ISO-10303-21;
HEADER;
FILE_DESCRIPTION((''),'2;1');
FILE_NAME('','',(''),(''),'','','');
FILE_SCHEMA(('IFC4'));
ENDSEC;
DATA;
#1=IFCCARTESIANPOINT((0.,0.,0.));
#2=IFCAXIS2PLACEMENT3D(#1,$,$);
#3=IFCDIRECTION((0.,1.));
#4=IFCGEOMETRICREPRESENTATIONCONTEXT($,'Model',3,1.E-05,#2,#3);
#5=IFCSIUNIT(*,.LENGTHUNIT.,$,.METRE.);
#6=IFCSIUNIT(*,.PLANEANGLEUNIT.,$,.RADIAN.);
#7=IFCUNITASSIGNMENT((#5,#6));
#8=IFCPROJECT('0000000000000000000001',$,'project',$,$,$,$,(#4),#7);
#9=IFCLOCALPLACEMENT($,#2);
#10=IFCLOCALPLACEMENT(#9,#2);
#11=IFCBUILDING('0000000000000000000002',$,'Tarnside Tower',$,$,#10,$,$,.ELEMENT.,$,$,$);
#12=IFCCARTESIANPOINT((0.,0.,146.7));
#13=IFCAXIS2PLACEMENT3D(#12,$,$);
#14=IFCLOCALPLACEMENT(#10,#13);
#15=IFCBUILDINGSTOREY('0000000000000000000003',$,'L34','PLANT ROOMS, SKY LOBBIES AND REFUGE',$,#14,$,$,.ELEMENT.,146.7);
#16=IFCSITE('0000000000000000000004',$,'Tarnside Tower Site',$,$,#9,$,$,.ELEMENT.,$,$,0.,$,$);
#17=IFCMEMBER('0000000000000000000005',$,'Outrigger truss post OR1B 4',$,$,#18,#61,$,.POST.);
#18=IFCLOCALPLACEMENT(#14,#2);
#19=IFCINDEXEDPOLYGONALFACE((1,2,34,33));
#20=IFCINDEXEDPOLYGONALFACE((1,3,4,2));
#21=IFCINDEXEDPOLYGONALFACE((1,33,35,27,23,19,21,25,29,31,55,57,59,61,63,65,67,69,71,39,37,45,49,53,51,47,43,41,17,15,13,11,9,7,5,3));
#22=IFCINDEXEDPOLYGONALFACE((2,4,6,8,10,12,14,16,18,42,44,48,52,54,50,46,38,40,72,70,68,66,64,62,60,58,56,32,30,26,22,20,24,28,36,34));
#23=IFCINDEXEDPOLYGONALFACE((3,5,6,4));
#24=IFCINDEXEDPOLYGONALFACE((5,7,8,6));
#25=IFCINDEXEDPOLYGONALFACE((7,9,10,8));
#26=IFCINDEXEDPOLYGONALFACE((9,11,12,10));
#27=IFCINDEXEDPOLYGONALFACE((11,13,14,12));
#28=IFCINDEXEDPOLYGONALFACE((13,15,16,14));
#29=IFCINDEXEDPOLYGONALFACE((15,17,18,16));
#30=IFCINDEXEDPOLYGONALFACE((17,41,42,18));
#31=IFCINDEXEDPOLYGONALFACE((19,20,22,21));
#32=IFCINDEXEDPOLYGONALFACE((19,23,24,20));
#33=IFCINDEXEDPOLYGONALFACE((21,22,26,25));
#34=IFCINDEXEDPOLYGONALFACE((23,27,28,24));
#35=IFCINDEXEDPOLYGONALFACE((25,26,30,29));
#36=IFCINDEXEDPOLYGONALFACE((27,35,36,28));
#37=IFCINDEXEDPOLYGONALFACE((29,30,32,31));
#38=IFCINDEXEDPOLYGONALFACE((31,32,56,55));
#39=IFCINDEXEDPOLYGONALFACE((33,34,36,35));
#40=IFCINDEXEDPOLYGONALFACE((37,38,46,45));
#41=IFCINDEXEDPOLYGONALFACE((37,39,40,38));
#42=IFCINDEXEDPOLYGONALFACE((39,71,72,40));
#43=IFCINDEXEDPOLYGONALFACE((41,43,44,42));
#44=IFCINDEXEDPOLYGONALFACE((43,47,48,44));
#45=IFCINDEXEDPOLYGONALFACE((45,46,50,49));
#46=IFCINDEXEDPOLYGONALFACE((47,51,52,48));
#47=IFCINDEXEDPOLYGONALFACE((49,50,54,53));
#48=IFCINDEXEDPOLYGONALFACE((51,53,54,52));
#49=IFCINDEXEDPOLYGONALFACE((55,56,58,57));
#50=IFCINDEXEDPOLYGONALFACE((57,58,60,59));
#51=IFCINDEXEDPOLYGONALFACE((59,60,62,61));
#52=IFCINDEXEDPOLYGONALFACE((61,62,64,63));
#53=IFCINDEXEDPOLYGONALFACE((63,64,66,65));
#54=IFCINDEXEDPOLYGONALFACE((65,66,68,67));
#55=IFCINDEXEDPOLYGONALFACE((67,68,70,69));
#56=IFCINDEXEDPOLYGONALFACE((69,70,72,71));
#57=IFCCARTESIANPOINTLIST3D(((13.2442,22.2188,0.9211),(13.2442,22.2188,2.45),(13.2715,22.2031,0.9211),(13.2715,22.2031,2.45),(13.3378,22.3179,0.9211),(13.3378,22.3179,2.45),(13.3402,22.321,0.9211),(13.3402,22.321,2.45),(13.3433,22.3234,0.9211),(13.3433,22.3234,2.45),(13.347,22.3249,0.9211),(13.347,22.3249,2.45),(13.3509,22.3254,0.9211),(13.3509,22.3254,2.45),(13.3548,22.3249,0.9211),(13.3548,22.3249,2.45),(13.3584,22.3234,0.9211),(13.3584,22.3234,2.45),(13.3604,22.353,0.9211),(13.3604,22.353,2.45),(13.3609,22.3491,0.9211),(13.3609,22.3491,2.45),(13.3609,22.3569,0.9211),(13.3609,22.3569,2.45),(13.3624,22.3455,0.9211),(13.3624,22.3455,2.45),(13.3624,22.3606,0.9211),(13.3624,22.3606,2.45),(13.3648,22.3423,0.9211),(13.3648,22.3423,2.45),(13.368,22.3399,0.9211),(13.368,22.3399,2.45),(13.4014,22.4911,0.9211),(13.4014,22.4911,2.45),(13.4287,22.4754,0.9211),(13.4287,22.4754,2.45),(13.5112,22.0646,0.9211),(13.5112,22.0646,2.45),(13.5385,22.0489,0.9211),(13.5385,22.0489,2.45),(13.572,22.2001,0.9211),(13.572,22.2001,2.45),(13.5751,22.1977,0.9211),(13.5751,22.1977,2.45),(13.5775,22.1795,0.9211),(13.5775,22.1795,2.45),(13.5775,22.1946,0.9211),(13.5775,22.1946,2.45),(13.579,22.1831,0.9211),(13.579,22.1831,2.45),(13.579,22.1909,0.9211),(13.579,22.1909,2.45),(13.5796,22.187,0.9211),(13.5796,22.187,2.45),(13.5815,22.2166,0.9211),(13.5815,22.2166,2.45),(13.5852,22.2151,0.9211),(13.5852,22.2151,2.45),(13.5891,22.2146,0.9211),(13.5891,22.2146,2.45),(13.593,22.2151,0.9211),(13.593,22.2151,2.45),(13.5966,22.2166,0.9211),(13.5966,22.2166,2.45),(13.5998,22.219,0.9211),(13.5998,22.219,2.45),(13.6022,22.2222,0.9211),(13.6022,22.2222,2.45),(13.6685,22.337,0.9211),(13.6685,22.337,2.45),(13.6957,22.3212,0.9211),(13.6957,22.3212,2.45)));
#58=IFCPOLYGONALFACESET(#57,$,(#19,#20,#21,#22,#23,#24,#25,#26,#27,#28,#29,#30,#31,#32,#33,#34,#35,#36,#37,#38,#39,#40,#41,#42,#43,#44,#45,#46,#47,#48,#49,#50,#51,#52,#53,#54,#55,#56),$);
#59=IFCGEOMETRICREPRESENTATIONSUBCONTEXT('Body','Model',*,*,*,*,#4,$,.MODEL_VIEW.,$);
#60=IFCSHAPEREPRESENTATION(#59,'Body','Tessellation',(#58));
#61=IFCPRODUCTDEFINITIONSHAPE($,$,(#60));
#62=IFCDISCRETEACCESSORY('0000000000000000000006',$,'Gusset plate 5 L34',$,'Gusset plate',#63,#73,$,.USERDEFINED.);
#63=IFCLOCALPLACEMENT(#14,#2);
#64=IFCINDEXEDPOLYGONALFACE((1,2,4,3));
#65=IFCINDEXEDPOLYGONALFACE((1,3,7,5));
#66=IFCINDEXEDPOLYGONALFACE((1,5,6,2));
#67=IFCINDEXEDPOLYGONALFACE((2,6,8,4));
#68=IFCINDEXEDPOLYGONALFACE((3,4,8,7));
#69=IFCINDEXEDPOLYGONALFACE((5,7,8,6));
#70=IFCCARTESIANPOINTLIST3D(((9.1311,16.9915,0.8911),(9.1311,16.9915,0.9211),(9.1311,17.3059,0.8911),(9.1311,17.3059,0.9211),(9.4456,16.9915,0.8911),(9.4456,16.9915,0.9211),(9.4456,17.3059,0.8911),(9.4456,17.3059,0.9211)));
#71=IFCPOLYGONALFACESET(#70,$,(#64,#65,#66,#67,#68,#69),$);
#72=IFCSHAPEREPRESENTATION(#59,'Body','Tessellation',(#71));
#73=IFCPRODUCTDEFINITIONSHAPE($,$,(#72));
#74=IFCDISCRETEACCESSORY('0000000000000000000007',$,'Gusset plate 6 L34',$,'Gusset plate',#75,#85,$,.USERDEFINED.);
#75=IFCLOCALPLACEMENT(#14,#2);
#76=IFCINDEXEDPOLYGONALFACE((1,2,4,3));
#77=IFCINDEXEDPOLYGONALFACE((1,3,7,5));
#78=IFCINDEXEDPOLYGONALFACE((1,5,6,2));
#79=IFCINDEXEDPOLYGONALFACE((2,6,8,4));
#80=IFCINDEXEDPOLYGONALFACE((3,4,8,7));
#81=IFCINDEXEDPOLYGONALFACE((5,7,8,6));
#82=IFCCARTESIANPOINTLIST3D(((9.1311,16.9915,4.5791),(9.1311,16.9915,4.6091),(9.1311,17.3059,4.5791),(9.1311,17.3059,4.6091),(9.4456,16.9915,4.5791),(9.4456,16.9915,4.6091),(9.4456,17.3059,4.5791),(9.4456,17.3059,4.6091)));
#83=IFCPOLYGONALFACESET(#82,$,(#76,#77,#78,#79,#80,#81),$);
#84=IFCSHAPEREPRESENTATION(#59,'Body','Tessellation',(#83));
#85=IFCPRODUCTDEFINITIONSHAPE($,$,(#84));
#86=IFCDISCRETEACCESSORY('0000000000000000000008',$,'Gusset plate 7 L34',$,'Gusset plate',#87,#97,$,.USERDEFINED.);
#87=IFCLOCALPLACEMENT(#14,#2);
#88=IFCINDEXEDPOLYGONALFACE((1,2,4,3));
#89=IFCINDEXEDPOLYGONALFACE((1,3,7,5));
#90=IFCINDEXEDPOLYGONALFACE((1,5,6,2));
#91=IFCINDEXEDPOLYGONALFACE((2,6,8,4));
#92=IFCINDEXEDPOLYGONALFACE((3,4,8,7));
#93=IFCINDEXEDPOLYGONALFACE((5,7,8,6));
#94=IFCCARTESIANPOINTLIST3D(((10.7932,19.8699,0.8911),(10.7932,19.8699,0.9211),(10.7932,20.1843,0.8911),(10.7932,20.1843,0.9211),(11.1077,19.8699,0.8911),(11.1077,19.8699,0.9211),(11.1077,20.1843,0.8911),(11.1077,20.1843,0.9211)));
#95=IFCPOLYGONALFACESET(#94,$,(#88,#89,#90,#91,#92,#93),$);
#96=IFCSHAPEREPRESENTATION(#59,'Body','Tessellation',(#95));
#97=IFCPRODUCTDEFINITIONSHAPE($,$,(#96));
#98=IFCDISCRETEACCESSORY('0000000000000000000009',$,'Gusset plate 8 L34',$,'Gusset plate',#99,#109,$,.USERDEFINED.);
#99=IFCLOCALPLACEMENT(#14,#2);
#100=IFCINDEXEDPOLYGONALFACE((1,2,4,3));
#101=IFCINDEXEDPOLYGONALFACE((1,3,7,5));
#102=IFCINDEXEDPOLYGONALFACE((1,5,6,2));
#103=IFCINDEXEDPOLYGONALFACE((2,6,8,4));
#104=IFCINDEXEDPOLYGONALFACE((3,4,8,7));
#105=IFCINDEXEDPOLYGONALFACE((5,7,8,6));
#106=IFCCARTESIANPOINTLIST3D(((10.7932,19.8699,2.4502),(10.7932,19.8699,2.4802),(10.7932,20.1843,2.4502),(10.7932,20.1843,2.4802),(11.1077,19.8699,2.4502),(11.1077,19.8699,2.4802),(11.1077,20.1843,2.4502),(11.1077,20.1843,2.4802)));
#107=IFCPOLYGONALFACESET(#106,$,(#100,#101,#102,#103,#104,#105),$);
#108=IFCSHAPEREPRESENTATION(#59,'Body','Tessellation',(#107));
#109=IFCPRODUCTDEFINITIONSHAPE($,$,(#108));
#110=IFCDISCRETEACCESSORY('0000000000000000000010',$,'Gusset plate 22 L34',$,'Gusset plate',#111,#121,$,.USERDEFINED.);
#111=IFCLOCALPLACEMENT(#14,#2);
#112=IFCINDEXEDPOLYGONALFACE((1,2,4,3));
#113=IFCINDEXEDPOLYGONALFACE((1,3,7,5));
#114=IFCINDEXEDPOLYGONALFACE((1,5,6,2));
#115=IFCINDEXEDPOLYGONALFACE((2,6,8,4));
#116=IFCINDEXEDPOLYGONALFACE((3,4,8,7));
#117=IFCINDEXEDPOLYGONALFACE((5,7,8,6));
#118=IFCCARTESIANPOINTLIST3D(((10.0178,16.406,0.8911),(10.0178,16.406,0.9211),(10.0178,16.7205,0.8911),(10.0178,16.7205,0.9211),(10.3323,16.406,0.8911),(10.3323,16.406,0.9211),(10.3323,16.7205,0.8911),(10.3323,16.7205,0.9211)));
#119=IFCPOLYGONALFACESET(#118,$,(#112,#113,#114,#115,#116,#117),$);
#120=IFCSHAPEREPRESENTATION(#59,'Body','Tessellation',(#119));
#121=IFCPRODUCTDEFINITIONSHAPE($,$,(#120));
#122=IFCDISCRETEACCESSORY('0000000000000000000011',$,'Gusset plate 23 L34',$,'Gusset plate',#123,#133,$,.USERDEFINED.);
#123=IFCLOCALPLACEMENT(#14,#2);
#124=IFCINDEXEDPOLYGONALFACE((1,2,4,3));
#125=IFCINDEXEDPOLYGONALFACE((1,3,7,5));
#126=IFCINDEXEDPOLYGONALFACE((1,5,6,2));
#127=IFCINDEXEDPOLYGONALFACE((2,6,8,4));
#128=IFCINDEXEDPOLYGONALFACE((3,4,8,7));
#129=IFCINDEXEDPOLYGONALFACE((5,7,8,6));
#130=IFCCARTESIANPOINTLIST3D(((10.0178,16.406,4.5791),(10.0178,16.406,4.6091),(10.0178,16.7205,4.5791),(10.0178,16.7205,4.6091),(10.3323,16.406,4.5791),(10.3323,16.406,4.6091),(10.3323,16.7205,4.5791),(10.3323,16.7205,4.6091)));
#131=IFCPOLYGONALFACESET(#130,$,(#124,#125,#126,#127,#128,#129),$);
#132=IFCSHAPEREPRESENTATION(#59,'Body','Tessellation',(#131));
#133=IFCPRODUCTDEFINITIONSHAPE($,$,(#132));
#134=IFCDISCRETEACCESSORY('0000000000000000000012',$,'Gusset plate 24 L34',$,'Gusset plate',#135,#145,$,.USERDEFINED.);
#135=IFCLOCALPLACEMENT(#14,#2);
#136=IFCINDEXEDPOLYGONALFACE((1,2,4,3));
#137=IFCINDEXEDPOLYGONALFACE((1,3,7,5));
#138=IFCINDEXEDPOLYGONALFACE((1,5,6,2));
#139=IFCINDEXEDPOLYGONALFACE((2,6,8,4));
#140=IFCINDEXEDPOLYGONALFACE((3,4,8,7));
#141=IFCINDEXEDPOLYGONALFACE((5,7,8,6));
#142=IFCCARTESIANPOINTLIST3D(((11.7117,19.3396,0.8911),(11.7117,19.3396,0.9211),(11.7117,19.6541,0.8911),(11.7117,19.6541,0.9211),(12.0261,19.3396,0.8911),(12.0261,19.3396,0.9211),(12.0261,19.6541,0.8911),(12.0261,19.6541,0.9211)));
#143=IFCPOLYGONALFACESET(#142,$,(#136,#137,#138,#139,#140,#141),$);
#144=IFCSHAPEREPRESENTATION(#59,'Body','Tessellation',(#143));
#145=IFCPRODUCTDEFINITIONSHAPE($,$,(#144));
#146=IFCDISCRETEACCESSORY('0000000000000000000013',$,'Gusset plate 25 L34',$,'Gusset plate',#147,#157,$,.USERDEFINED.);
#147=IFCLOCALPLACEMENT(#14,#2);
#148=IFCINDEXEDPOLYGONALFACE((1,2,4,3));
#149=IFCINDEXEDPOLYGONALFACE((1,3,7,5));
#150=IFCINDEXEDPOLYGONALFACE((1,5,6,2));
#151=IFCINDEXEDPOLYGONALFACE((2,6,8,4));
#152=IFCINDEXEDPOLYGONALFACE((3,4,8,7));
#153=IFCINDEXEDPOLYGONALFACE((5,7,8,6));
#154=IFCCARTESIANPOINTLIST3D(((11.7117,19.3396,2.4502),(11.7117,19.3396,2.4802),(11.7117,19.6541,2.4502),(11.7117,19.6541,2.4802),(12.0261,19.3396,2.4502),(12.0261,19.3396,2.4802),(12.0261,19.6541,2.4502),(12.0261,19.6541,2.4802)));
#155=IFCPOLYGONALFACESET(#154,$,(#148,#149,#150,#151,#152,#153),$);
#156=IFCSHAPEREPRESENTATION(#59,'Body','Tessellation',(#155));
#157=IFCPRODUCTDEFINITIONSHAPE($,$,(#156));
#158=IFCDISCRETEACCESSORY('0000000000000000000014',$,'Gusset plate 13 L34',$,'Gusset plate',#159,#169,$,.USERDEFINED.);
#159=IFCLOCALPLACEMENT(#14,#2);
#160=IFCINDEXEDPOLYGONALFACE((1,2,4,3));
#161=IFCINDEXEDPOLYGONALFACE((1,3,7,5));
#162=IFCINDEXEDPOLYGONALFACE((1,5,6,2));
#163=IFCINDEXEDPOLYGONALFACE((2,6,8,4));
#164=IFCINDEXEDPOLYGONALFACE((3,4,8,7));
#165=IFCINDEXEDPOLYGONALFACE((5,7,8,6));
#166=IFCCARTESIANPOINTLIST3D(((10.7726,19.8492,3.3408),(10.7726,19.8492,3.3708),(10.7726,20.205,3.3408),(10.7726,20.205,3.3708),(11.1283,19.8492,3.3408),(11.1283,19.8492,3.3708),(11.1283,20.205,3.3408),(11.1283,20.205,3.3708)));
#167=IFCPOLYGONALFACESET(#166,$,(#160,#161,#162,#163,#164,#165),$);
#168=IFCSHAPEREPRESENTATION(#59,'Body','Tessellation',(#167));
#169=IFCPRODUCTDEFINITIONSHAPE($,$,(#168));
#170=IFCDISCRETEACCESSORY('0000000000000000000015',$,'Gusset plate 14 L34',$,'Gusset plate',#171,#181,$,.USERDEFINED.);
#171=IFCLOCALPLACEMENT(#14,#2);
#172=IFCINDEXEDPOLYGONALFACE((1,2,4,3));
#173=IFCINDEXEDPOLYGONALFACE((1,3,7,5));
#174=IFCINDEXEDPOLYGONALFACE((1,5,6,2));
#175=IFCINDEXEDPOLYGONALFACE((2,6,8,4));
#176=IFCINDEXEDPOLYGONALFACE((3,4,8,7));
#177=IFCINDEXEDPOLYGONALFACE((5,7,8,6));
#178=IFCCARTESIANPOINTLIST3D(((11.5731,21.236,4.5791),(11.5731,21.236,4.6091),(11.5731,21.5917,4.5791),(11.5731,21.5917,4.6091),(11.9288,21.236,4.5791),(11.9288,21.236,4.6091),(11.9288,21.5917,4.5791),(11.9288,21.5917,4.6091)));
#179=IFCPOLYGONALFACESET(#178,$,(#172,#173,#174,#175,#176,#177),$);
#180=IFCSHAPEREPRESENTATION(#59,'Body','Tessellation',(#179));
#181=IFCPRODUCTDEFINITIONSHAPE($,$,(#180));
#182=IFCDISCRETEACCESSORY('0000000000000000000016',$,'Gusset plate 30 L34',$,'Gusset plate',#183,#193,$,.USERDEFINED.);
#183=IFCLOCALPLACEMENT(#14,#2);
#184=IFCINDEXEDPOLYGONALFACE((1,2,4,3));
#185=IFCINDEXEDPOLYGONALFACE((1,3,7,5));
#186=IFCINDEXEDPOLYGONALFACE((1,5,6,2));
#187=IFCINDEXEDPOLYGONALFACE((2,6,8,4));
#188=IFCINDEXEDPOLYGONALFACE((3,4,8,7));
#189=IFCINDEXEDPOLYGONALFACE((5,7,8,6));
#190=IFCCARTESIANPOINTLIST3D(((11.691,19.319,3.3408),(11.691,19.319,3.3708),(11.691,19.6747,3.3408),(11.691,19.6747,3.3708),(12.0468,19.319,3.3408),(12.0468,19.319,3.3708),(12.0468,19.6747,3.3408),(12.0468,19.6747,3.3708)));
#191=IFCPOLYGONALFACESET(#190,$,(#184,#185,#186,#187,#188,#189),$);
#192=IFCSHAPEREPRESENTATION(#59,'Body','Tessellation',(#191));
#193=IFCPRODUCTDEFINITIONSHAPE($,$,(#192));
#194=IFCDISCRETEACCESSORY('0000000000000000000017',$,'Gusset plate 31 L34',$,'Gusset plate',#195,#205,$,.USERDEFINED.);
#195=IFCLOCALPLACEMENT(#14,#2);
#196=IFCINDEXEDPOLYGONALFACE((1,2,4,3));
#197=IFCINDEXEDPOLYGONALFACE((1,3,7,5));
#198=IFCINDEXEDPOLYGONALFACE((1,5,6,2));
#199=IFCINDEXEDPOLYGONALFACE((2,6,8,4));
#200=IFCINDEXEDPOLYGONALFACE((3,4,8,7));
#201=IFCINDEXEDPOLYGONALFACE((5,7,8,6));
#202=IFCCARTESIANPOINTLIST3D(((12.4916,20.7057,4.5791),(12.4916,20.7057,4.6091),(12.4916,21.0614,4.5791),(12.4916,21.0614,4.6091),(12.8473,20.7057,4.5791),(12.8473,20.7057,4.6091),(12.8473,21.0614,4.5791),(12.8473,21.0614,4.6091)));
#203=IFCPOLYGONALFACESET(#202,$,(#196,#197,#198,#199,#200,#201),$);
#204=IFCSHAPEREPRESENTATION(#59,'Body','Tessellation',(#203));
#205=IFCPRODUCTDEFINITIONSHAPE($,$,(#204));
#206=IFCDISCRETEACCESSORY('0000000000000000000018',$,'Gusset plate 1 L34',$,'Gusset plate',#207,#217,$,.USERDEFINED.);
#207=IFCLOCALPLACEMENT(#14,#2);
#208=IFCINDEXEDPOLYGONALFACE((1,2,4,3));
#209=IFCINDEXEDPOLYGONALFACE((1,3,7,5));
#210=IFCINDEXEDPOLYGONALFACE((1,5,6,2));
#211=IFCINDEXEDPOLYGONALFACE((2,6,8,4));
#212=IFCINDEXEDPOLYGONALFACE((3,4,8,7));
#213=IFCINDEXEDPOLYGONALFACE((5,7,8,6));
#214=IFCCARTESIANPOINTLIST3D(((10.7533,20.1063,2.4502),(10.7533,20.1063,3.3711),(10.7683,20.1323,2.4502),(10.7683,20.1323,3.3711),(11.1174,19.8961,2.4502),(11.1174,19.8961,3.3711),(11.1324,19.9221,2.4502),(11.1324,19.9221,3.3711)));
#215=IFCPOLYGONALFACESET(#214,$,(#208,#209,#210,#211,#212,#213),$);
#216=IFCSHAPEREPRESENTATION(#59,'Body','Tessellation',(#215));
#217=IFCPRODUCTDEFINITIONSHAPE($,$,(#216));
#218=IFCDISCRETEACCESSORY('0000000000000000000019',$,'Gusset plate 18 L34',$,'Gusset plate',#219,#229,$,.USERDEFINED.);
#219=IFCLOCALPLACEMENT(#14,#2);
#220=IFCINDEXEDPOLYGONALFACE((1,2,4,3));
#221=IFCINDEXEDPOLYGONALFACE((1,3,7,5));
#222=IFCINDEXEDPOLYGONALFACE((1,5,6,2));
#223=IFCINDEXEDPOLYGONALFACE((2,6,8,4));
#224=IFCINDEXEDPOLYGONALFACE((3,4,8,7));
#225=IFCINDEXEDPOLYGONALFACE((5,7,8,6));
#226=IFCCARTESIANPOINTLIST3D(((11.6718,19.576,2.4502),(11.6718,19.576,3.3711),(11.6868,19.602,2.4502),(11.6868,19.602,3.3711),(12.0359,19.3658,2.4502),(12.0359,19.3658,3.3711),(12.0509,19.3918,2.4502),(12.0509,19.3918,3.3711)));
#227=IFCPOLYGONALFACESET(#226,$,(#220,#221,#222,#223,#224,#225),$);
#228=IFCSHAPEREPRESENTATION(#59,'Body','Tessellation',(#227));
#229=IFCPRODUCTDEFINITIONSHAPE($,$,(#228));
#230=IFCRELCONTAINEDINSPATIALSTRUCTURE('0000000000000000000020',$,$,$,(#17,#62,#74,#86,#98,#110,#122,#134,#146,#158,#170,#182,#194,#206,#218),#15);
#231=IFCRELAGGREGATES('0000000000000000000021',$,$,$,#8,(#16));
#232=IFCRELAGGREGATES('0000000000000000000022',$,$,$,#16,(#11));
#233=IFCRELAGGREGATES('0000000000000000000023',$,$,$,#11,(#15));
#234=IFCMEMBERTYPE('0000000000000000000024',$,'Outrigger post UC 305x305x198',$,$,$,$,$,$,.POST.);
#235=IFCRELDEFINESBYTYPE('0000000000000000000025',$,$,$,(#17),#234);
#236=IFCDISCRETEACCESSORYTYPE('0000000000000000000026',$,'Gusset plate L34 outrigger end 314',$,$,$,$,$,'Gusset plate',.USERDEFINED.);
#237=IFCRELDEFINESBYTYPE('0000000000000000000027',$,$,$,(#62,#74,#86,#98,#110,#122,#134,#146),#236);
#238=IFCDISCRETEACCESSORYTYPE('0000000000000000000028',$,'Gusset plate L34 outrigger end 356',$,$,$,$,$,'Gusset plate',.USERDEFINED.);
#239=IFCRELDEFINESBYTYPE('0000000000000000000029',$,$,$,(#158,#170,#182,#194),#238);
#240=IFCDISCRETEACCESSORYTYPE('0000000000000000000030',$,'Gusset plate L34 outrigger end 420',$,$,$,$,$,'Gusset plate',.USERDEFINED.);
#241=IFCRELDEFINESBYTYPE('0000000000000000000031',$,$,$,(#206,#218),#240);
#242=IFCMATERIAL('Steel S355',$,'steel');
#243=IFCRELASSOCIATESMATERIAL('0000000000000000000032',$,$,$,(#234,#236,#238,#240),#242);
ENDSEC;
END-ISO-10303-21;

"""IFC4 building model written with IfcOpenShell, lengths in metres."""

from ifc_helpers import new_model, si_unit, direction, frame, origin, origin_2d, place, context, subcontext, project, spatial, rectangle, i_section, extrude, material, material_profile, profile_set, type_object, element, save


model = new_model("IFC4")

# Units and contexts
model_context = context("Model", 3, precision=1e-05, world=origin(), true_north=direction((0.0, 1.0)))
body_context = subcontext(model_context, "Body", "Model", "MODEL_VIEW")
ifc_project = project(units=[si_unit("LENGTHUNIT", "METRE"), si_unit("PLANEANGLEUNIT", "RADIAN")], contexts=[model_context])

# Site, building, storey
site_placement = place(None, origin())
site = spatial("IfcSite", under=ifc_project, at=site_placement, Name="Tarnside Tower Site", CompositionType="ELEMENT", RefElevation=0.0)
building_placement = place(site_placement, origin())
building = spatial("IfcBuilding", under=site, at=building_placement, Name="Tarnside Tower", CompositionType="ELEMENT")
storey_placement = place(building_placement, frame((0.0, 0.0, 146.7)))
storey = spatial("IfcBuildingStorey", under=building, at=storey_placement, Name="L34", Description="PLANT ROOMS, SKY LOBBIES AND REFUGE", CompositionType="ELEMENT", Elevation=146.7)

# Member
ifc_material_1 = material(Name="Steel S355", Category="steel")
ifc_material_profile_1 = material_profile(ifc_material_1, i_section(OverallWidth=0.3145, OverallDepth=0.3398, WebThickness=0.019, FlangeThickness=0.0315, FilletRadius=0.0151, at=origin_2d()), Name="UC 305x305x198")
ifc_profile_set_1 = profile_set([ifc_material_profile_1], Name="Steel S355")
member_type_1 = type_object("IfcMemberType", Name="Outrigger post UC 305x305x198", PredefinedType="POST", material=ifc_profile_set_1)
for number, where, z_axis, x_axis, name in (
    (1, (13.47, 22.27, 0.9211), (0.0, 0.0, 1.0), (0.5, 0.866025, 0.0), "Outrigger truss post OR1B 4"),
):
    element("IfcMember", number, at=place(storey_placement, frame(where, z_axis=z_axis, x_axis=x_axis)), inside=storey, type_object=member_type_1, Name=name, PredefinedType="POST", context=body_context, shape_type="SweptSolid", body=[
        extrude(i_section(OverallWidth=0.3145, OverallDepth=0.3398, WebThickness=0.019, FlangeThickness=0.0315, FilletRadius=0.0151, at=origin_2d()), origin(), (0.0, 0.0, 1.0), 1.5288),
    ])

# Discrete accessories
discrete_accessory_type_1 = type_object("IfcDiscreteAccessoryType", Name="Gusset plate L34 outrigger end 314", ElementType="Gusset plate", PredefinedType="USERDEFINED", material=ifc_material_1)
for number, where, z_axis, x_axis, name in (
    (2, (9.2883, 17.1487, 0.8911), (0.0, 0.0, 1.0), (1.0, 0.0, 0.0), "Gusset plate 5 L34"),
    (3, (9.2883, 17.1487, 4.5791), (0.0, 0.0, 1.0), (1.0, 0.0, 0.0), "Gusset plate 6 L34"),
    (4, (10.9504, 20.0271, 0.8911), (0.0, 0.0, 1.0), (1.0, 0.0, 0.0), "Gusset plate 7 L34"),
    (5, (10.9504, 20.0271, 2.4502), (0.0, 0.0, 1.0), (1.0, 0.0, 0.0), "Gusset plate 8 L34"),
    (6, (10.175, 16.5632, 0.8911), (0.0, 0.0, 1.0), (1.0, 0.0, 0.0), "Gusset plate 22 L34"),
    (7, (10.175, 16.5632, 4.5791), (0.0, 0.0, 1.0), (1.0, 0.0, 0.0), "Gusset plate 23 L34"),
    (8, (11.8689, 19.4968, 0.8911), (0.0, 0.0, 1.0), (1.0, 0.0, 0.0), "Gusset plate 24 L34"),
    (9, (11.8689, 19.4968, 2.4502), (0.0, 0.0, 1.0), (1.0, 0.0, 0.0), "Gusset plate 25 L34"),
):
    element("IfcDiscreteAccessory", number, at=place(storey_placement, frame(where, z_axis=z_axis, x_axis=x_axis)), inside=storey, type_object=discrete_accessory_type_1, Name=name, ObjectType="Gusset plate", PredefinedType="USERDEFINED", context=body_context, shape_type="SweptSolid", body=[
        extrude(rectangle(XDim=0.3145, YDim=0.3145, at=origin_2d()), origin(), (0.0, 0.0, 1.0), 0.03),
    ])
discrete_accessory_type_2 = type_object("IfcDiscreteAccessoryType", Name="Gusset plate L34 outrigger end 356", ElementType="Gusset plate", PredefinedType="USERDEFINED", material=ifc_material_1)
for number, where, z_axis, x_axis, name in (
    (10, (10.9504, 20.0271, 3.3408), (0.0, 0.0, 1.0), (1.0, 0.0, 0.0), "Gusset plate 13 L34"),
    (11, (11.751, 21.4138, 4.5791), (0.0, 0.0, 1.0), (1.0, 0.0, 0.0), "Gusset plate 14 L34"),
    (12, (11.8689, 19.4968, 3.3408), (0.0, 0.0, 1.0), (1.0, 0.0, 0.0), "Gusset plate 30 L34"),
    (13, (12.6694, 20.8835, 4.5791), (0.0, 0.0, 1.0), (1.0, 0.0, 0.0), "Gusset plate 31 L34"),
):
    element("IfcDiscreteAccessory", number, at=place(storey_placement, frame(where, z_axis=z_axis, x_axis=x_axis)), inside=storey, type_object=discrete_accessory_type_2, Name=name, ObjectType="Gusset plate", PredefinedType="USERDEFINED", context=body_context, shape_type="SweptSolid", body=[
        extrude(rectangle(XDim=0.3557, YDim=0.3557, at=origin_2d()), origin(), (0.0, 0.0, 1.0), 0.03),
    ])
discrete_accessory_type_3 = type_object("IfcDiscreteAccessoryType", Name="Gusset plate L34 outrigger end 420", ElementType="Gusset plate", PredefinedType="USERDEFINED", material=ifc_material_1)
for number, where, z_axis, x_axis, name in (
    (14, (10.9429, 20.0142, 2.4502), (0.0, 0.0, 1.0), (-0.500012, -0.866018, 0.0), "Gusset plate 1 L34"),
    (15, (11.8613, 19.4839, 2.4502), (0.0, 0.0, 1.0), (-0.500012, -0.866018, 0.0), "Gusset plate 18 L34"),
):
    element("IfcDiscreteAccessory", number, at=place(storey_placement, frame(where, z_axis=z_axis, x_axis=x_axis)), inside=storey, type_object=discrete_accessory_type_3, Name=name, ObjectType="Gusset plate", PredefinedType="USERDEFINED", context=body_context, shape_type="SweptSolid", body=[
        extrude(rectangle(XDim=0.03, YDim=0.4204, at=origin_2d()), origin(), (0.0, 0.0, 1.0), 0.9209),
    ])

save(model, "model.ifc")
